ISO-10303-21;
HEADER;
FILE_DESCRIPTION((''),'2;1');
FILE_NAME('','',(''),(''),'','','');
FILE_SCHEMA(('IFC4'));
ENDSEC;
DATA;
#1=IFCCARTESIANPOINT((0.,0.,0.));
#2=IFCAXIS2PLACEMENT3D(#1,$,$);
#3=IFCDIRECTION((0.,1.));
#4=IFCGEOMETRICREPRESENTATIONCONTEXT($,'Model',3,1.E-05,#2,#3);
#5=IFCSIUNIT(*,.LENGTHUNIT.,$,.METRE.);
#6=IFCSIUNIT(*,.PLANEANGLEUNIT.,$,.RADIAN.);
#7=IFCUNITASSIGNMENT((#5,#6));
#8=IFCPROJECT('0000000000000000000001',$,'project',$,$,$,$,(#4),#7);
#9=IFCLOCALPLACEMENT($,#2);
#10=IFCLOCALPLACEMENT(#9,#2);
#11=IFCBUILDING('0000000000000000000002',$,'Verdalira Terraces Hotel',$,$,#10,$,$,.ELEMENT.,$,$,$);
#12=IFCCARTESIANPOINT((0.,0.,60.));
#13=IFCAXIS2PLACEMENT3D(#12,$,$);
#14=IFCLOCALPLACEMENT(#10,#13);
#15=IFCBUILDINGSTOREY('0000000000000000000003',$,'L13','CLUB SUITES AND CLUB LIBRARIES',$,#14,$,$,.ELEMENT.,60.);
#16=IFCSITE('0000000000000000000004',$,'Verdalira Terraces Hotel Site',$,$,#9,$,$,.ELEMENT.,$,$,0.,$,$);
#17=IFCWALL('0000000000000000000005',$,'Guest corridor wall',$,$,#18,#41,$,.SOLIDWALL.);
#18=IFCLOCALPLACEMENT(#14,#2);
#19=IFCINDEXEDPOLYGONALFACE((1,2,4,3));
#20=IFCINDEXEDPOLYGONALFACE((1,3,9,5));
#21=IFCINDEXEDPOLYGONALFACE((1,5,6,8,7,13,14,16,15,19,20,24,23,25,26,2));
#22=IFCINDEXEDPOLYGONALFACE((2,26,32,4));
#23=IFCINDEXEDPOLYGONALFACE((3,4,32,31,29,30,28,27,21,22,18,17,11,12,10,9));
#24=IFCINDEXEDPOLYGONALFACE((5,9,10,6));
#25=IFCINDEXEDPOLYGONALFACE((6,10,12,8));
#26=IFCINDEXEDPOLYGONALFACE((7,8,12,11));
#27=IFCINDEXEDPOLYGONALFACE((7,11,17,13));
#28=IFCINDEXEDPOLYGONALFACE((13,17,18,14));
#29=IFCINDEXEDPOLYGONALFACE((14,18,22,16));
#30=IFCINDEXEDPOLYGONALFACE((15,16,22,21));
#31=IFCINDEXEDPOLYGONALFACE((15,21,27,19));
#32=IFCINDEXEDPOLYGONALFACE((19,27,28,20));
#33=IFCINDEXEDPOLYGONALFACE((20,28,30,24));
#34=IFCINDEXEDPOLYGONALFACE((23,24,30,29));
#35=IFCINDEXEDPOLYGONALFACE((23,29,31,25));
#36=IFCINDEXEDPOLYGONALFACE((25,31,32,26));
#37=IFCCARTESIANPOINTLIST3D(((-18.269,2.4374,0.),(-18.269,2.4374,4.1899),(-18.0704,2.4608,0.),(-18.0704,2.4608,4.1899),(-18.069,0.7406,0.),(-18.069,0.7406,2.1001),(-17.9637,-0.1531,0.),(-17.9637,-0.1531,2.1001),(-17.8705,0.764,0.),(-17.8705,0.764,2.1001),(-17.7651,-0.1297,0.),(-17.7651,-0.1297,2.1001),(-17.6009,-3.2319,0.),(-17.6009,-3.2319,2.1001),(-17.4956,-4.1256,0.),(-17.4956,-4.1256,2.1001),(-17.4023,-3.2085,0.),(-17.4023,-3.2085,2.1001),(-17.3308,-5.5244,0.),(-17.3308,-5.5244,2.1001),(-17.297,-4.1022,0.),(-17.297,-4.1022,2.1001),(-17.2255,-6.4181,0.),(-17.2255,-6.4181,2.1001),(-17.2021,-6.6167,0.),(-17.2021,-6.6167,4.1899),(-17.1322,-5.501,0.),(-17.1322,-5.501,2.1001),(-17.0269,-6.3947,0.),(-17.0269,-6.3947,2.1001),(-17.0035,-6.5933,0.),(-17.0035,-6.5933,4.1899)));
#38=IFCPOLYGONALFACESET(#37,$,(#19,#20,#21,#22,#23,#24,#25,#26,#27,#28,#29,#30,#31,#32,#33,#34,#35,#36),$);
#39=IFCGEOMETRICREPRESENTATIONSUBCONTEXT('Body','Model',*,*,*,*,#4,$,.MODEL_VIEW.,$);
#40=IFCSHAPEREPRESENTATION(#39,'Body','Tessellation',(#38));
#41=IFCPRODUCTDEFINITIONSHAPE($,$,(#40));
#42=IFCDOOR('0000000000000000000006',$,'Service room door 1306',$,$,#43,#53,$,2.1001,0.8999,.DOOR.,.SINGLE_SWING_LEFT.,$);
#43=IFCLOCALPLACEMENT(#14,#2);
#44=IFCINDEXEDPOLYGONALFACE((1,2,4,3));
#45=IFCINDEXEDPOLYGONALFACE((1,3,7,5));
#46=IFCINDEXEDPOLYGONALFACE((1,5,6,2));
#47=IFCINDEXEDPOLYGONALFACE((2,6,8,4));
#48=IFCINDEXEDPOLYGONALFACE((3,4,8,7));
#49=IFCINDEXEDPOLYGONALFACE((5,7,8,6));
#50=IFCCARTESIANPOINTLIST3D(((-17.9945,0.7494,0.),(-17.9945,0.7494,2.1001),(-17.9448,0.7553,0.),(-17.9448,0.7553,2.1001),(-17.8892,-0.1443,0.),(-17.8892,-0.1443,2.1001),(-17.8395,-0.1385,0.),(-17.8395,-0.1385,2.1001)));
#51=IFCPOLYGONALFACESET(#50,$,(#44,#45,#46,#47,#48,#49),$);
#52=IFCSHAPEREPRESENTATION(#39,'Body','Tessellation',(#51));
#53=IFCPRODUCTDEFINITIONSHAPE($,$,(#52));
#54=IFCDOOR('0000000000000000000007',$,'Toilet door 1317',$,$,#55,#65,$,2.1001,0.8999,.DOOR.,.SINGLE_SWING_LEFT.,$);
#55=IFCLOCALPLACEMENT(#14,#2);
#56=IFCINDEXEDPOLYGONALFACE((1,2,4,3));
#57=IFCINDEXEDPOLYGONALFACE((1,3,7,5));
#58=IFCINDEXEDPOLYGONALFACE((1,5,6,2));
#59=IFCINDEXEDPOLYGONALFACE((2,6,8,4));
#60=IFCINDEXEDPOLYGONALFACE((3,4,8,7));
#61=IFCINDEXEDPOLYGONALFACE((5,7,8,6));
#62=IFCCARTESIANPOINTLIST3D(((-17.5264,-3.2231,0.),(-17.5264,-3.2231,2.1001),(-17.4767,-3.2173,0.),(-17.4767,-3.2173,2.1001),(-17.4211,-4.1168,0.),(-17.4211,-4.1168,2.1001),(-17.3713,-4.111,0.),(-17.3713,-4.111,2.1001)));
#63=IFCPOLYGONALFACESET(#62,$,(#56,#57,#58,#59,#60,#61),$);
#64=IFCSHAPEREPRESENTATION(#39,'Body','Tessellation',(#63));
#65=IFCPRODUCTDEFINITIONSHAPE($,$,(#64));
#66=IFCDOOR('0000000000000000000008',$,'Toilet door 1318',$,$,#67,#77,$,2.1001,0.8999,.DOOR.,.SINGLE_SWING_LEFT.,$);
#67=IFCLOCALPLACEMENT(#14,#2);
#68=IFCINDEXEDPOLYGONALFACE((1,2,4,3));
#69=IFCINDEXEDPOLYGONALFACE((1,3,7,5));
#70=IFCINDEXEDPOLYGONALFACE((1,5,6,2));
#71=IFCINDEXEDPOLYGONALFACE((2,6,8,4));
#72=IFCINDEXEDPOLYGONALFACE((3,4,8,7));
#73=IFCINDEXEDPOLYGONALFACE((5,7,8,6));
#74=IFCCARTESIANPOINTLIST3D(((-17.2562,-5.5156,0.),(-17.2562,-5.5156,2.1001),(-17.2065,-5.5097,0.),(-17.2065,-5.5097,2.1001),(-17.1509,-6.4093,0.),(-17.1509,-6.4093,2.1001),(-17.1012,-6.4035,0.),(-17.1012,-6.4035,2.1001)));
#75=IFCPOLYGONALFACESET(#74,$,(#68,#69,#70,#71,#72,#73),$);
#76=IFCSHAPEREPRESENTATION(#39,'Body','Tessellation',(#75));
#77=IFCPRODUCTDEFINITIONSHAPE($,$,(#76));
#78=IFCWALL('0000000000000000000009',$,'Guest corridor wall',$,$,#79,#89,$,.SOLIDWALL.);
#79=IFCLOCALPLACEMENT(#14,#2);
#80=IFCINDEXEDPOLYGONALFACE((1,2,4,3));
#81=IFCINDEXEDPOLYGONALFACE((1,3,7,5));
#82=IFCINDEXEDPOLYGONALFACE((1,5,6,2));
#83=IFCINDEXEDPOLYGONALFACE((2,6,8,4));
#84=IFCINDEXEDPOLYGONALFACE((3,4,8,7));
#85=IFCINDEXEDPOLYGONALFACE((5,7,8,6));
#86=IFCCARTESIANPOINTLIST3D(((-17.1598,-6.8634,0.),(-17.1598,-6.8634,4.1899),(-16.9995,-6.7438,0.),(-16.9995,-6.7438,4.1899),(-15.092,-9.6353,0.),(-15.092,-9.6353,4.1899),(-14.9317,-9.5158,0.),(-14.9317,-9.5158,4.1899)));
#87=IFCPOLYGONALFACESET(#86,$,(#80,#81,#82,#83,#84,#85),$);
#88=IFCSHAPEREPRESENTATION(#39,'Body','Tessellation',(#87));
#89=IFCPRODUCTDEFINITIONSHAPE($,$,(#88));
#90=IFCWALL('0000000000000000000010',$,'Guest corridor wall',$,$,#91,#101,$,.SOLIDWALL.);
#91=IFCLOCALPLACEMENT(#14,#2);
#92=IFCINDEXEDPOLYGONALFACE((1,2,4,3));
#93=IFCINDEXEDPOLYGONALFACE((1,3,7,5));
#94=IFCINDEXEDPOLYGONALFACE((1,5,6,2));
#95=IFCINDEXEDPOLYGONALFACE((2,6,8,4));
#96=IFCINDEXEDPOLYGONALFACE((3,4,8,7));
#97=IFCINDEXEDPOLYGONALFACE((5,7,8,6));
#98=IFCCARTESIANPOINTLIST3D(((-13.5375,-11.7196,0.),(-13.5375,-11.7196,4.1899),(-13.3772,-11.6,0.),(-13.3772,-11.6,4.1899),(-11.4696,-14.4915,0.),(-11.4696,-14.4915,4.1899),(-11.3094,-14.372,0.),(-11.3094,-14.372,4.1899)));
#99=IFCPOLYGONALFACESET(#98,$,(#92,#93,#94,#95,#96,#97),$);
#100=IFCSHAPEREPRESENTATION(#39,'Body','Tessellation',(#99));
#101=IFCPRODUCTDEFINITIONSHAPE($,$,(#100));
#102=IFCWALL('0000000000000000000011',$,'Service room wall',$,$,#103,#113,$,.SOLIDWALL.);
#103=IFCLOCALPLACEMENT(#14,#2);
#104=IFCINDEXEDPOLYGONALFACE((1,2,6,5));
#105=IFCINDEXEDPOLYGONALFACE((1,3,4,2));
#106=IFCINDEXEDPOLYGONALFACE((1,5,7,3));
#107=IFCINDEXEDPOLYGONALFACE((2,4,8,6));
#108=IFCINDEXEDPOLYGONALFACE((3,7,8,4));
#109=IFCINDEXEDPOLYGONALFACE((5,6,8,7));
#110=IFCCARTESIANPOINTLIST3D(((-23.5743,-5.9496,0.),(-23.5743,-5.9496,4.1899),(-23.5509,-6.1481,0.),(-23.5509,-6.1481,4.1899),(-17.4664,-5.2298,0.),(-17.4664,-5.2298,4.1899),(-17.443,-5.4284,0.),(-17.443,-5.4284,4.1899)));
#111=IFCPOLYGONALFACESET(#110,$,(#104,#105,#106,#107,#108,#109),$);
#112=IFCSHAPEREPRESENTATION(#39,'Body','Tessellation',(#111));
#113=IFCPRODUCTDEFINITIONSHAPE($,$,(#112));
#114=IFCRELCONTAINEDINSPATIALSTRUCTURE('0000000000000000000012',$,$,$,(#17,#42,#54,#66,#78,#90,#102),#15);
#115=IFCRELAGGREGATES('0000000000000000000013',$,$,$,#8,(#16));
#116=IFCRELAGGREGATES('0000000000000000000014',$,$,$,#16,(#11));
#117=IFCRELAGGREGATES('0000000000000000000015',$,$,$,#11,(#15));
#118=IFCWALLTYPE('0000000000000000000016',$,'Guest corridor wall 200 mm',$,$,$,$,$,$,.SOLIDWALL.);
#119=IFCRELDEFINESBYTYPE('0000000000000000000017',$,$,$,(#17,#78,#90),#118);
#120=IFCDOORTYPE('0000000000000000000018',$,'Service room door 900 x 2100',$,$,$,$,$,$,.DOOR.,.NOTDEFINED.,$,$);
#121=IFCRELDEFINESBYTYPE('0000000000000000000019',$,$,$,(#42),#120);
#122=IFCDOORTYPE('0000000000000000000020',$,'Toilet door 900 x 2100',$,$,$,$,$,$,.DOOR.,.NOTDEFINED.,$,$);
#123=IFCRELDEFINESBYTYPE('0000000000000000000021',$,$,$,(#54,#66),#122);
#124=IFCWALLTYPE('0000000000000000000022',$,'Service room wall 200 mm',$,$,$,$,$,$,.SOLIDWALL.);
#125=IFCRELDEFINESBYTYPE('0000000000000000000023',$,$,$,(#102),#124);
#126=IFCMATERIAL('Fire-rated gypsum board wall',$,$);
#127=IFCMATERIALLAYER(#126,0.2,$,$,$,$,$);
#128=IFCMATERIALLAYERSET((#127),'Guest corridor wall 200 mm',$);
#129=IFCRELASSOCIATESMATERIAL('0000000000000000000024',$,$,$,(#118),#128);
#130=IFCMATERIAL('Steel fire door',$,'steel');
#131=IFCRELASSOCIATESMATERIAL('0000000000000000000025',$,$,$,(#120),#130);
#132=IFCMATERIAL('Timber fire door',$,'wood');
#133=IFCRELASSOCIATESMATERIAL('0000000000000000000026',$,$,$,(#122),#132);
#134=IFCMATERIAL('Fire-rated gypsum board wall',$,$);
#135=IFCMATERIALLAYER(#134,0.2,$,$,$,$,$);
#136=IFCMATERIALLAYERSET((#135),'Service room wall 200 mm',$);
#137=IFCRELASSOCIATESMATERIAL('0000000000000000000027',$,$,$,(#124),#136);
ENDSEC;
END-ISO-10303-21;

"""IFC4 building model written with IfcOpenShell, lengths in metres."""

from ifc_helpers import new_model, si_unit, direction, frame, frame_2d, origin, place, context, subcontext, project, spatial, rectangle, extrude, material, layer, layer_set, type_object, element, fill, save


model = new_model("IFC4")

# Units and contexts
model_context = context("Model", 3, precision=1e-05, world=origin(), true_north=direction((0.0, 1.0)))
body_context = subcontext(model_context, "Body", "Model", "MODEL_VIEW")
ifc_project = project(units=[si_unit("LENGTHUNIT", "METRE"), si_unit("PLANEANGLEUNIT", "RADIAN")], contexts=[model_context])

# Site, building, storey
site_placement = place(None, origin())
site = spatial("IfcSite", under=ifc_project, at=site_placement, Name="Verdalira Terraces Hotel Site", CompositionType="ELEMENT", RefElevation=0.0)
building_placement = place(site_placement, origin())
building = spatial("IfcBuilding", under=site, at=building_placement, Name="Verdalira Terraces Hotel", CompositionType="ELEMENT")
storey_placement = place(building_placement, frame((0.0, 0.0, 60.0)))
storey = spatial("IfcBuildingStorey", under=building, at=storey_placement, Name="L13", Description="CLUB SUITES AND CLUB LIBRARIES", CompositionType="ELEMENT", Elevation=60.0)

# Shared definitions
ifc_material_1 = material(Name="Fire-rated gypsum board wall")
ifc_layer_1 = layer(ifc_material_1, 0.2)
ifc_layer_set_1 = layer_set([ifc_layer_1], Name="Guest corridor wall 200 mm")
wall_type_1 = type_object("IfcWallType", Name="Guest corridor wall 200 mm", PredefinedType="SOLIDWALL", material=ifc_layer_set_1)

# Wall, openings, doors
wall_1_placement = place(storey_placement, frame((-17.1028, -6.605, 0.0), z_axis=(0.0, 0.0, 1.0), x_axis=(-0.117028, 0.993129, 0.0)))
wall_1 = element("IfcWall", 1, at=wall_1_placement, inside=storey, type_object=wall_type_1, Name="Guest corridor wall", PredefinedType="SOLIDWALL", context=body_context, shape_type="SweptSolid", body=[
    extrude(rectangle(XDim=9.1167, YDim=0.2, at=frame_2d((4.5583, 0.0))), origin(), (0.0, 0.0, 1.0), 4.1899),
])
opening_1_placement = place(wall_1_placement, frame((6.5083, 0.0, 0.0)))
opening_1 = element("IfcOpeningElement", 2, at=opening_1_placement, cuts=wall_1, PredefinedType="OPENING", context=body_context, shape_type="SweptSolid", body=[
    extrude(rectangle(XDim=0.8999, YDim=2.1001, at=frame_2d((0.45, 1.05))), frame((0.0, 0.1099, 0.0), z_axis=(0.0, -1.0, 0.0), x_axis=(1.0, 0.0, 0.0)), (0.0, 0.0, 1.0), 0.22),
])
opening_2_placement = place(wall_1_placement, frame((2.5083, 0.0, 0.0)))
opening_2 = element("IfcOpeningElement", 3, at=opening_2_placement, cuts=wall_1, PredefinedType="OPENING", context=body_context, shape_type="SweptSolid", body=[
    extrude(rectangle(XDim=0.8999, YDim=2.1001, at=frame_2d((0.45, 1.05))), frame((0.0, 0.1099, 0.0), z_axis=(0.0, -1.0, 0.0), x_axis=(1.0, 0.0, 0.0)), (0.0, 0.0, 1.0), 0.22),
])
opening_3_placement = place(wall_1_placement, frame((0.2, 0.0, 0.0)))
opening_3 = element("IfcOpeningElement", 4, at=opening_3_placement, cuts=wall_1, PredefinedType="OPENING", context=body_context, shape_type="SweptSolid", body=[
    extrude(rectangle(XDim=0.8999, YDim=2.1001, at=frame_2d((0.45, 1.05))), frame((0.0, 0.1099, 0.0), z_axis=(0.0, -1.0, 0.0), x_axis=(1.0, 0.0, 0.0)), (0.0, 0.0, 1.0), 0.22),
])
ifc_material_2 = material(Name="Steel fire door", Category="steel")
door_type_1 = type_object("IfcDoorType", Name="Service room door 900 x 2100", OperationType="NOTDEFINED", PredefinedType="DOOR", material=ifc_material_2)
door_1_placement = place(opening_1_placement, origin())
door_1 = element("IfcDoor", 5, at=door_1_placement, inside=storey, type_object=door_type_1, Name="Service room door 1306", OperationType="SINGLE_SWING_LEFT", OverallHeight=2.1001, OverallWidth=0.8999, PredefinedType="DOOR", context=body_context, shape_type="SweptSolid", body=[
    extrude(rectangle(XDim=0.8999, YDim=2.1001, at=frame_2d((0.45, 1.05))), frame((0.0, 0.0249, 0.0), z_axis=(0.0, -1.0, 0.0), x_axis=(1.0, 0.0, 0.0)), (0.0, 0.0, 1.0), 0.05),
])
fill(opening_1, door_1)
ifc_material_3 = material(Name="Timber fire door", Category="wood")
door_type_2 = type_object("IfcDoorType", Name="Toilet door 900 x 2100", OperationType="NOTDEFINED", PredefinedType="DOOR", material=ifc_material_3)
door_2_placement = place(opening_2_placement, origin())
door_2 = element("IfcDoor", 6, at=door_2_placement, inside=storey, type_object=door_type_2, Name="Toilet door 1317", OperationType="SINGLE_SWING_LEFT", OverallHeight=2.1001, OverallWidth=0.8999, PredefinedType="DOOR", context=body_context, shape_type="SweptSolid", body=[
    extrude(rectangle(XDim=0.8999, YDim=2.1001, at=frame_2d((0.45, 1.05))), frame((0.0, 0.0249, 0.0), z_axis=(0.0, -1.0, 0.0), x_axis=(1.0, 0.0, 0.0)), (0.0, 0.0, 1.0), 0.05),
])
fill(opening_2, door_2)
door_3_placement = place(opening_3_placement, origin())
door_3 = element("IfcDoor", 7, at=door_3_placement, inside=storey, type_object=door_type_2, Name="Toilet door 1318", OperationType="SINGLE_SWING_LEFT", OverallHeight=2.1001, OverallWidth=0.8999, PredefinedType="DOOR", context=body_context, shape_type="SweptSolid", body=[
    extrude(rectangle(XDim=0.8999, YDim=2.1001, at=frame_2d((0.45, 1.05))), frame((0.0, 0.0249, 0.0), z_axis=(0.0, -1.0, 0.0), x_axis=(1.0, 0.0, 0.0)), (0.0, 0.0, 1.0), 0.05),
])
fill(opening_3, door_3)

# Walls
for number, where, z_axis, x_axis, name in (
    (8, (-17.0796, -6.8037, 0.0), (0.0, 0.0, 1.0), (0.597942, -0.801539, 0.0), "Guest corridor wall"),
    (9, (-13.4573, -11.6599, 0.0), (0.0, 0.0, 1.0), (0.597942, -0.801539, 0.0), "Guest corridor wall"),
):
    element("IfcWall", number, at=place(storey_placement, frame(where, z_axis=z_axis, x_axis=x_axis)), inside=storey, type_object=wall_type_1, Name=name, PredefinedType="SOLIDWALL", context=body_context, shape_type="SweptSolid", body=[
        extrude(rectangle(XDim=3.4583, YDim=0.2, at=frame_2d((1.729, 0.0))), origin(), (0.0, 0.0, 1.0), 4.1899),
    ])
ifc_material_4 = material(Name="Fire-rated gypsum board wall")
ifc_layer_2 = layer(ifc_material_4, 0.2)
ifc_layer_set_2 = layer_set([ifc_layer_2], Name="Service room wall 200 mm")
wall_type_2 = type_object("IfcWallType", Name="Service room wall 200 mm", PredefinedType="SOLIDWALL", material=ifc_layer_set_2)
wall_2_placement = place(storey_placement, frame((-17.4546, -5.3291, 0.0), z_axis=(0.0, 0.0, 1.0), x_axis=(-0.993129, -0.117026, 0.0)))
element("IfcWall", 10, at=wall_2_placement, inside=storey, type_object=wall_type_2, Name="Service room wall", PredefinedType="SOLIDWALL", context=body_context, shape_type="SweptSolid", body=[
    extrude(rectangle(XDim=6.1501, YDim=0.2, at=frame_2d((3.0752, 0.0))), origin(), (0.0, 0.0, 1.0), 4.1899),
])

save(model, "model.ifc")
